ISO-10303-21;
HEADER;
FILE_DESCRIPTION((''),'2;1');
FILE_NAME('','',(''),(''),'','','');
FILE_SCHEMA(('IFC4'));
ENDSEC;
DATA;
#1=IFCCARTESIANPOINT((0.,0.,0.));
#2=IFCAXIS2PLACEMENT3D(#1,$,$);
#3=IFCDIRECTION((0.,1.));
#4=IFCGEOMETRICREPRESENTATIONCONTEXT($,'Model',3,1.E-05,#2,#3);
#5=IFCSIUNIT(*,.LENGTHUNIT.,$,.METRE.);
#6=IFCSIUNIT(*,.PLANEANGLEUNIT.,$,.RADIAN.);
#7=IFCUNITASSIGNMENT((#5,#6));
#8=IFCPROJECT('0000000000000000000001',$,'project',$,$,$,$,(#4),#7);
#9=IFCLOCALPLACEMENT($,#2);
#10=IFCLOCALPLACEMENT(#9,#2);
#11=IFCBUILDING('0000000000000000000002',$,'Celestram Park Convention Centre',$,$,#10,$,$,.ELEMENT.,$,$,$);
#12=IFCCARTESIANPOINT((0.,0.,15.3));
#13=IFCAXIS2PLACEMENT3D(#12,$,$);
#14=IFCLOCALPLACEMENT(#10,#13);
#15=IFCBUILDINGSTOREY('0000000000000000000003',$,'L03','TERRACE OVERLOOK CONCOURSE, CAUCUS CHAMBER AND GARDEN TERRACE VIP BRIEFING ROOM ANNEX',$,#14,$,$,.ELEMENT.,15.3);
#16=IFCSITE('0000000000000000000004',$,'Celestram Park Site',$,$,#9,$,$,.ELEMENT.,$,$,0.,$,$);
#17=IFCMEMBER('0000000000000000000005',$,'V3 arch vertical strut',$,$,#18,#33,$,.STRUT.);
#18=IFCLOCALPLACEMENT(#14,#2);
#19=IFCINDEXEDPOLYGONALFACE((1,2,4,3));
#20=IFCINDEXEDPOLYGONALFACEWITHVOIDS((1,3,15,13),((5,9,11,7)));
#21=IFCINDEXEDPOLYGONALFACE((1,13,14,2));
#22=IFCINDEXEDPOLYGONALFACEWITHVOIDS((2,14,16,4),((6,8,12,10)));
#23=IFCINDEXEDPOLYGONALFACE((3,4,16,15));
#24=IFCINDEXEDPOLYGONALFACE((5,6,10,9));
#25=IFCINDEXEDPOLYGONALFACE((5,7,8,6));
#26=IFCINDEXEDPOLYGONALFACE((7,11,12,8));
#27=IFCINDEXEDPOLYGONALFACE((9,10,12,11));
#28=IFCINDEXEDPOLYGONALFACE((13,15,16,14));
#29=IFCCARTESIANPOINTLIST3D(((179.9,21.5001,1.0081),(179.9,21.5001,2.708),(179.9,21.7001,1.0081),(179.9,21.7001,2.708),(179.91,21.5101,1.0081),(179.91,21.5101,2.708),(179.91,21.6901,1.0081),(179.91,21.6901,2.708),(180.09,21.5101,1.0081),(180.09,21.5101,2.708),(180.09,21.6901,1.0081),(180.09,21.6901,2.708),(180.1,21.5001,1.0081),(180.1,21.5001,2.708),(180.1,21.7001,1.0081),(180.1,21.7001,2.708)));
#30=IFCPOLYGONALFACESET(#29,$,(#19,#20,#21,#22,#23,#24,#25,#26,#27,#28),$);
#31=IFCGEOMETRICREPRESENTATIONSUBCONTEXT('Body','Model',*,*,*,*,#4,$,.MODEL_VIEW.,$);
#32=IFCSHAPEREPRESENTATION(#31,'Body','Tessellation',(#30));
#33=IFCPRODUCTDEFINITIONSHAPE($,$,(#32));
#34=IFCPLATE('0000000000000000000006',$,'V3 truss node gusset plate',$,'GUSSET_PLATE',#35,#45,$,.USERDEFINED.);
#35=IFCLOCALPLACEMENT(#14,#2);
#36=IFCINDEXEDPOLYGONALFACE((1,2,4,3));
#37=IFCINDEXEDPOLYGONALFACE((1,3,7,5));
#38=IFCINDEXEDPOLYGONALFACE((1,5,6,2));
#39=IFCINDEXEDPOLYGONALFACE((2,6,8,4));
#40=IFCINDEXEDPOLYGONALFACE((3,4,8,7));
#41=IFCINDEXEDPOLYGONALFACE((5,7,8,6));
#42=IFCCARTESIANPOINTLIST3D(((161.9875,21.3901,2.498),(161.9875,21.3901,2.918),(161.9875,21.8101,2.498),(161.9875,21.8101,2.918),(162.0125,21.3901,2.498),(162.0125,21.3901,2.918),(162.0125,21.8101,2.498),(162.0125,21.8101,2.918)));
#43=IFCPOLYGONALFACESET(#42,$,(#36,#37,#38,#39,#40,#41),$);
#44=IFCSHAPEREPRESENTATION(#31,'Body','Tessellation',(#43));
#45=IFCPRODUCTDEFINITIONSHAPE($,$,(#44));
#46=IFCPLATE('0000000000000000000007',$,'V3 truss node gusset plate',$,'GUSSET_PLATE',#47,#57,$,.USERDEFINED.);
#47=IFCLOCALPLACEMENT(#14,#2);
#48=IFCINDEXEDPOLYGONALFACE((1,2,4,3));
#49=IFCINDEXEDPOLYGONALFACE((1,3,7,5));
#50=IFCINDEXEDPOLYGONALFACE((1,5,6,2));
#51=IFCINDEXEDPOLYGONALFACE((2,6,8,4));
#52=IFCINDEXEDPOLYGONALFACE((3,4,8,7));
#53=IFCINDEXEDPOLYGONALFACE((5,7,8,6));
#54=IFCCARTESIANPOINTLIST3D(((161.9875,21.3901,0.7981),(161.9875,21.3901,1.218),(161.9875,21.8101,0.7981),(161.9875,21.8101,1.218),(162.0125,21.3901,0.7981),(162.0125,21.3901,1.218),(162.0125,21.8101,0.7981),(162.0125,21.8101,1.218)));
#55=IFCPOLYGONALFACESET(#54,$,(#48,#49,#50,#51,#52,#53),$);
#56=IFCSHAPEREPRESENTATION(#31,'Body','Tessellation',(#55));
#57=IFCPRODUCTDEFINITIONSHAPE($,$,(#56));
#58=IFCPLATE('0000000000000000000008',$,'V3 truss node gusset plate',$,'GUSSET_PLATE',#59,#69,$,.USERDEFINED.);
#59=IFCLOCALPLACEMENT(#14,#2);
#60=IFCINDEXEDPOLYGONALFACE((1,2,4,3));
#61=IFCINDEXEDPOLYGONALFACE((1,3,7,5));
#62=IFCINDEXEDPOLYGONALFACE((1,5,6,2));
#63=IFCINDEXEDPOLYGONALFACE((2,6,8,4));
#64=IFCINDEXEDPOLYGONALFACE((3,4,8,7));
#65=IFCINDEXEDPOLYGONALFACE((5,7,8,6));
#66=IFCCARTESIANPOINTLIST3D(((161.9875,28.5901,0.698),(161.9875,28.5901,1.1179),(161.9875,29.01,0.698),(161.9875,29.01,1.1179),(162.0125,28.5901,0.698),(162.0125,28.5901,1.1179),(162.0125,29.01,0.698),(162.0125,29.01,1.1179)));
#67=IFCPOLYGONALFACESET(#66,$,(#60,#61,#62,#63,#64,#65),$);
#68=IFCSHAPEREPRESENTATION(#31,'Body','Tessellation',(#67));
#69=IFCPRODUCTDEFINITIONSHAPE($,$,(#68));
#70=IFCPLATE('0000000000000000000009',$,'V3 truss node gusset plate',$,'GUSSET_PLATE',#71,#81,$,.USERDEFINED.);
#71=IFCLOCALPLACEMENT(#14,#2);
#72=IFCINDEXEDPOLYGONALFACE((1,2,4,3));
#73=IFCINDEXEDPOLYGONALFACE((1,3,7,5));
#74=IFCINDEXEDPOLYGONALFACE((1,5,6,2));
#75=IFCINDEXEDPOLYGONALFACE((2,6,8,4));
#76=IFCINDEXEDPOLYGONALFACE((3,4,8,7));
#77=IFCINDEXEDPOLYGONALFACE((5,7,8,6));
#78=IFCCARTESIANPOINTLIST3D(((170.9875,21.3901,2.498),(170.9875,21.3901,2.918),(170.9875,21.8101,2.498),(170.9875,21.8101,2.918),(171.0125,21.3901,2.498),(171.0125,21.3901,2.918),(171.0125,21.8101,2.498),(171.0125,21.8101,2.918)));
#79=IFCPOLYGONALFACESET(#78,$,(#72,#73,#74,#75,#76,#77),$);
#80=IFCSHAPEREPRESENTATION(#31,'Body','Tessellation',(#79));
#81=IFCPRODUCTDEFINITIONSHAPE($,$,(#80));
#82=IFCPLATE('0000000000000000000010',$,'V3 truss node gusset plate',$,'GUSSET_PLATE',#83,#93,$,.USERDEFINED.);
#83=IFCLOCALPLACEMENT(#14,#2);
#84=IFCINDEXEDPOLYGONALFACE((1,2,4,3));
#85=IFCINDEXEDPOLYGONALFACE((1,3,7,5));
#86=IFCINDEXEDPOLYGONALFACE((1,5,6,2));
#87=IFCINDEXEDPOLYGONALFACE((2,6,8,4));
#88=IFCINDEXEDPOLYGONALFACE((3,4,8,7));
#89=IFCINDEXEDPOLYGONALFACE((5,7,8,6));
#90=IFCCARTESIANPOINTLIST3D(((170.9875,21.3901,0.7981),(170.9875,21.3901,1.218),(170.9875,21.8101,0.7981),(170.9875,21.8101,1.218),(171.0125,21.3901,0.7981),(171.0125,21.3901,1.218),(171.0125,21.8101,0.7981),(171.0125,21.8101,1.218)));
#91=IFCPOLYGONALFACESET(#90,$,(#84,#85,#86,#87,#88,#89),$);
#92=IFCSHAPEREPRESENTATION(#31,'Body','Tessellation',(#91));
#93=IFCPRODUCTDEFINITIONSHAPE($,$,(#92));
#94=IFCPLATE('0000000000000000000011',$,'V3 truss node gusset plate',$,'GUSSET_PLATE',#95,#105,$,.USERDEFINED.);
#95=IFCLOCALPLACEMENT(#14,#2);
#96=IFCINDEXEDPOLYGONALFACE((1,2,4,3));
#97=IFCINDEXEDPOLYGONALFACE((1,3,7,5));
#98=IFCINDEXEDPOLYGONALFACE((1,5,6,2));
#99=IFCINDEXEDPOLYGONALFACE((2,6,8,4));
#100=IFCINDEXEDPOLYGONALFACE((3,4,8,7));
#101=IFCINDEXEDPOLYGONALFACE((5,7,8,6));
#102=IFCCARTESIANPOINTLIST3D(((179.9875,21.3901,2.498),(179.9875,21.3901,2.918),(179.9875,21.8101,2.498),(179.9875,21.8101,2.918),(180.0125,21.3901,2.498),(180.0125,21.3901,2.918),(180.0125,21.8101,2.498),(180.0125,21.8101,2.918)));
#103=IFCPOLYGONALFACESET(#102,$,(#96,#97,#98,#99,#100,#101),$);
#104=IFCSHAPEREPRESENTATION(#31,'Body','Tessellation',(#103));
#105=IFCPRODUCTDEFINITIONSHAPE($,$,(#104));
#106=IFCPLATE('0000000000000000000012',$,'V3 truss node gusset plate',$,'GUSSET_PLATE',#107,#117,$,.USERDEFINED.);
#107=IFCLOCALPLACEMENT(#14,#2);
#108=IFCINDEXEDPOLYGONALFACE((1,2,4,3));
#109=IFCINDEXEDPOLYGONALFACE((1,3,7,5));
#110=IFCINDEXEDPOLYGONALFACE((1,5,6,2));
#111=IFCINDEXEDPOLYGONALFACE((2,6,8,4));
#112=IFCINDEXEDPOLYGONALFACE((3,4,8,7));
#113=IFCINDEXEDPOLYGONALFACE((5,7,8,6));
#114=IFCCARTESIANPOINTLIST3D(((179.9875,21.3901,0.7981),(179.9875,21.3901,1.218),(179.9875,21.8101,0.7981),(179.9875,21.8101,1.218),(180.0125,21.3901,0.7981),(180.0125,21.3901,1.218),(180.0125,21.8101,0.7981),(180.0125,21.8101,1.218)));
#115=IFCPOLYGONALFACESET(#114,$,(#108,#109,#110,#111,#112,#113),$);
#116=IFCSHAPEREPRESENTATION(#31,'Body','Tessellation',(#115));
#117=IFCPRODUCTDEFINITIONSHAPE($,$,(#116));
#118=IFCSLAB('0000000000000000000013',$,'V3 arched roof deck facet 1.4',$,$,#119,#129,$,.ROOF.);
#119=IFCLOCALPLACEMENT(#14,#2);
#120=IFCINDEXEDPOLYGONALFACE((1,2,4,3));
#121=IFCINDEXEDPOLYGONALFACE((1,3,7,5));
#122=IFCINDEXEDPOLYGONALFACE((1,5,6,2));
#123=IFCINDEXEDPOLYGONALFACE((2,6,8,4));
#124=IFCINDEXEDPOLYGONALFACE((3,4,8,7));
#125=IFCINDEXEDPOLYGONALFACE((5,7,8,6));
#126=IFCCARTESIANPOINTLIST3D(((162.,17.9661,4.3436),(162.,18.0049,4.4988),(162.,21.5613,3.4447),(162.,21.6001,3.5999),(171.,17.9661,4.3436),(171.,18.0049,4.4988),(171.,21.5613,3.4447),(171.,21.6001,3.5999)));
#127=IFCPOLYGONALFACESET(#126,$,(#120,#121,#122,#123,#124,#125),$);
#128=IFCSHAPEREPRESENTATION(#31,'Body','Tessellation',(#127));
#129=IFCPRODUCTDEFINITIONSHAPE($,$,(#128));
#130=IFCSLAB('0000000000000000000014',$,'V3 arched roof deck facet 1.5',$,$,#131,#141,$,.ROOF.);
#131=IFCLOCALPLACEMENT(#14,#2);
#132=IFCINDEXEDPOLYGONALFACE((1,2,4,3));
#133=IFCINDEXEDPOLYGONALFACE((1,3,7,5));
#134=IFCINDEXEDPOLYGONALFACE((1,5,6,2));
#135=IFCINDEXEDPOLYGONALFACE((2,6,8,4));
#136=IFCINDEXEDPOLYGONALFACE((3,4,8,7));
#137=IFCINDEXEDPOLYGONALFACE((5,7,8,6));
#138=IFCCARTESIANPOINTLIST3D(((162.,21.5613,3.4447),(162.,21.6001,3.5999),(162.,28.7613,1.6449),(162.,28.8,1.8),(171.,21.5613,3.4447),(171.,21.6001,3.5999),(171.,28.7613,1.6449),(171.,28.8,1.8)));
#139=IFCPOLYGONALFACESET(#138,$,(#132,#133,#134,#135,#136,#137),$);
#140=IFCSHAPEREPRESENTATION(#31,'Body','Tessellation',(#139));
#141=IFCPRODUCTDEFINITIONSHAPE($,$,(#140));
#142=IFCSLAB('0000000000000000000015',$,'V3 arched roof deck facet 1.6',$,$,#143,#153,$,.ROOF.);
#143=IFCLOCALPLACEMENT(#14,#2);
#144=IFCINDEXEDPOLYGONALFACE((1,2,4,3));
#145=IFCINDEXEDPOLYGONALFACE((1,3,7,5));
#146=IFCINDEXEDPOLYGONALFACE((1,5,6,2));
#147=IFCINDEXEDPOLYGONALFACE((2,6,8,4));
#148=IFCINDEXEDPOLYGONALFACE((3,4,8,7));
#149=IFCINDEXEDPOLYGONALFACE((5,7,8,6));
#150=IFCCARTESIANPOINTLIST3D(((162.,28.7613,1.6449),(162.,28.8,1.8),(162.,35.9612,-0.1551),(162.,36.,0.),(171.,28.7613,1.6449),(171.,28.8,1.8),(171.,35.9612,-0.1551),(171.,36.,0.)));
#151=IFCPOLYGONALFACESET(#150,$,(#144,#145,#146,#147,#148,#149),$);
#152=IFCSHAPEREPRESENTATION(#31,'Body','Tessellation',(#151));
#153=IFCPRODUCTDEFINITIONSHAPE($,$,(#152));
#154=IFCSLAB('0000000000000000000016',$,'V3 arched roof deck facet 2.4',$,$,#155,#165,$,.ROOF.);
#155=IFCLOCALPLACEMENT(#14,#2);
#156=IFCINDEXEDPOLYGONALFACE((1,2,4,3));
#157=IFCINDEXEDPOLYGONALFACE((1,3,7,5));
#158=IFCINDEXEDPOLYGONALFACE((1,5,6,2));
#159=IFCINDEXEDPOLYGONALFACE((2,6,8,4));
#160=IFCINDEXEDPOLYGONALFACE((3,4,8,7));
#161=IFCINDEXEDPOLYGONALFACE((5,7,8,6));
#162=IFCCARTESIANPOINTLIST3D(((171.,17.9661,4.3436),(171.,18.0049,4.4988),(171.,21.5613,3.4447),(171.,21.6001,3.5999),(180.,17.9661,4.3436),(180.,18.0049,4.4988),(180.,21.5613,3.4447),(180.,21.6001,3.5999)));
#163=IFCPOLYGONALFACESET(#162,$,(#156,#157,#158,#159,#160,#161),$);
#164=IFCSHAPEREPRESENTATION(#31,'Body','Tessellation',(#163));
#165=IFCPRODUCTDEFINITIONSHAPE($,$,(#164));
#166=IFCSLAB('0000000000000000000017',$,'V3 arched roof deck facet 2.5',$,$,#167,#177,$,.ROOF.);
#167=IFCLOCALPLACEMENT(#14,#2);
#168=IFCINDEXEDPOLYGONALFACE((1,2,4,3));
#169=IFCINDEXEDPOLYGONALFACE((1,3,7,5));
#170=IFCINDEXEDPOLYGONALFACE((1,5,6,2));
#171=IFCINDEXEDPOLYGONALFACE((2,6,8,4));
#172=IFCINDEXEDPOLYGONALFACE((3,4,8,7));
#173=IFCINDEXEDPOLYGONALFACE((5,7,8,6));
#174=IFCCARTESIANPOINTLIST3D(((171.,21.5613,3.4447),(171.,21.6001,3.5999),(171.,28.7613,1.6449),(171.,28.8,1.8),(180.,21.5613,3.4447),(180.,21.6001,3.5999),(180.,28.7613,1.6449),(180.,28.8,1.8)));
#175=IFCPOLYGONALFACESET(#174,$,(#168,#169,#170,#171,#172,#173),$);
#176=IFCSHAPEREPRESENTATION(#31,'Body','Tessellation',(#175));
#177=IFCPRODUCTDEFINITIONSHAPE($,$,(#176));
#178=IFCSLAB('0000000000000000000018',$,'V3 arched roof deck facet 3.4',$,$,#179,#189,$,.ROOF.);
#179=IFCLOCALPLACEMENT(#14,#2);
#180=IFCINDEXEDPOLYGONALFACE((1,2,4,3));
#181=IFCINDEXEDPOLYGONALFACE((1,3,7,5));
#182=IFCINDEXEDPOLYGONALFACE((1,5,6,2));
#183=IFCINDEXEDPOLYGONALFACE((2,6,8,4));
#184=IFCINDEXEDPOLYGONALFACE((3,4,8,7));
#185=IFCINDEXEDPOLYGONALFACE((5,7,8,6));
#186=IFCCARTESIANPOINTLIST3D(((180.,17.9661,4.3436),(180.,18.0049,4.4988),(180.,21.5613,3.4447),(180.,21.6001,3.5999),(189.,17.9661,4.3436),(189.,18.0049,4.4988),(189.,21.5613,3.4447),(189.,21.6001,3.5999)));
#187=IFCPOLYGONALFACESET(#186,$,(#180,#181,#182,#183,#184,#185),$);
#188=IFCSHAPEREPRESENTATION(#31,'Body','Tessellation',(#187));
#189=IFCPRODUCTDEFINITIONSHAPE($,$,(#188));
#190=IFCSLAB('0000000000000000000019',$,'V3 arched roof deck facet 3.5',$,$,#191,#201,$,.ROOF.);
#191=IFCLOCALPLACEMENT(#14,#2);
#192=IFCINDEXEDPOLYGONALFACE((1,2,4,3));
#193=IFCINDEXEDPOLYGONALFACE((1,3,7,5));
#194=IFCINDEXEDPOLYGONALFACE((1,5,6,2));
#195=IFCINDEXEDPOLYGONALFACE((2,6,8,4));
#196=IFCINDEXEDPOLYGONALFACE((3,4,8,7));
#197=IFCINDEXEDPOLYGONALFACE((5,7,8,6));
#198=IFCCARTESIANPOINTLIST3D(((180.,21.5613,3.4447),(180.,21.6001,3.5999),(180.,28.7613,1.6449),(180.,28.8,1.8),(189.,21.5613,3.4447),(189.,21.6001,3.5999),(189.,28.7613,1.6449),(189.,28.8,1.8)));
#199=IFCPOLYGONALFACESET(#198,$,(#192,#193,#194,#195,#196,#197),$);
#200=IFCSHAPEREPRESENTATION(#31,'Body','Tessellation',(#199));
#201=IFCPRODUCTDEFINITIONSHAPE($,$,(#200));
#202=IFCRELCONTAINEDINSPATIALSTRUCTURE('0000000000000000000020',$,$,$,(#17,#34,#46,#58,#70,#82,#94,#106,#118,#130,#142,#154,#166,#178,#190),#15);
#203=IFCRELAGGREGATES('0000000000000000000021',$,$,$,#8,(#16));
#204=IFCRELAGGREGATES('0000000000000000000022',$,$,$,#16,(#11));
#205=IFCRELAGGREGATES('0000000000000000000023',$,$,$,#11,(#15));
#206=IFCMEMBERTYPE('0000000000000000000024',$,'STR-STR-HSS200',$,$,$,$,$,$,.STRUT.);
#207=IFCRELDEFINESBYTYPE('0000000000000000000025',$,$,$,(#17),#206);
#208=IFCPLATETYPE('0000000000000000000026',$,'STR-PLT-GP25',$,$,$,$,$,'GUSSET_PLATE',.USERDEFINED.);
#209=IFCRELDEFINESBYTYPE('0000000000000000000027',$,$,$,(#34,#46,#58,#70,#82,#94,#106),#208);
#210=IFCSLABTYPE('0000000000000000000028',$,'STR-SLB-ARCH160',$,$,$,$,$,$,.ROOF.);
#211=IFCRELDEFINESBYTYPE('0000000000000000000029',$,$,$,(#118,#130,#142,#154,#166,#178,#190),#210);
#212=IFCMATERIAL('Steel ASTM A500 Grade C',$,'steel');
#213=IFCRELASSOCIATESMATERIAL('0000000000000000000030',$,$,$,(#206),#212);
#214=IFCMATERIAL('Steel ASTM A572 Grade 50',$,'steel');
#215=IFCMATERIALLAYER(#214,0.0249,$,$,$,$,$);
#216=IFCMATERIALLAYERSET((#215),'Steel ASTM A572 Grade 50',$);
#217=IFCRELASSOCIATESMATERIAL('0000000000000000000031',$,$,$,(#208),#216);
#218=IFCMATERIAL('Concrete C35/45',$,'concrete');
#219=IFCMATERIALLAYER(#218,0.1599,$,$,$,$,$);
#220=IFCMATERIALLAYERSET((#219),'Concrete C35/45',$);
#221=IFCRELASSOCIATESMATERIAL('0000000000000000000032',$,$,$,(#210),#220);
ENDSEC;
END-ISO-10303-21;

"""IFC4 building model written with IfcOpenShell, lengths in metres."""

from ifc_helpers import new_model, si_unit, direction, frame, origin, origin_2d, place, context, subcontext, project, spatial, polyline, rectangle, hollow_rectangle, outline, extrude, material, layer, layer_set, material_profile, profile_set, type_object, element, save


model = new_model("IFC4")

# Units and contexts
model_context = context("Model", 3, precision=1e-05, world=origin(), true_north=direction((0.0, 1.0)))
body_context = subcontext(model_context, "Body", "Model", "MODEL_VIEW")
ifc_project = project(units=[si_unit("LENGTHUNIT", "METRE"), si_unit("PLANEANGLEUNIT", "RADIAN")], contexts=[model_context])

# Site, building, storey
site_placement = place(None, origin())
site = spatial("IfcSite", under=ifc_project, at=site_placement, Name="Celestram Park Site", CompositionType="ELEMENT", RefElevation=0.0)
building_placement = place(site_placement, origin())
building = spatial("IfcBuilding", under=site, at=building_placement, Name="Celestram Park Convention Centre", CompositionType="ELEMENT")
storey_placement = place(building_placement, frame((0.0, 0.0, 15.3)))
storey = spatial("IfcBuildingStorey", under=building, at=storey_placement, Name="L03", Description="TERRACE OVERLOOK CONCOURSE, CAUCUS CHAMBER AND GARDEN TERRACE VIP BRIEFING ROOM ANNEX", CompositionType="ELEMENT", Elevation=15.3)

# Shared definitions
ifc_material_1 = material(Name="Steel ASTM A500 Grade C", Category="steel")

# Member
ifc_material_profile_1 = material_profile(ifc_material_1, hollow_rectangle(XDim=0.2, YDim=0.2, WallThickness=0.01, at=origin_2d()), Name="HSS200X200X10")
ifc_profile_set_1 = profile_set([ifc_material_profile_1], Name="Steel ASTM A500 Grade C")
member_type_1 = type_object("IfcMemberType", Name="STR-STR-HSS200", PredefinedType="STRUT", material=ifc_profile_set_1)
for number, where, z_axis, x_axis, name in (
    (1, (180.0, 21.6001, 1.0081), (0.0, 0.0, 1.0), (1.0, 0.0, 0.0), "V3 arch vertical strut"),
):
    element("IfcMember", number, at=place(storey_placement, frame(where, z_axis=z_axis, x_axis=x_axis)), inside=storey, type_object=member_type_1, Name=name, PredefinedType="STRUT", context=body_context, shape_type="SweptSolid", body=[
        extrude(hollow_rectangle(XDim=0.2, YDim=0.2, WallThickness=0.01, at=origin_2d()), origin(), (0.0, 0.0, 1.0), 1.7),
    ])

# Plates
ifc_material_2 = material(Name="Steel ASTM A572 Grade 50", Category="steel")
ifc_layer_1 = layer(ifc_material_2, 0.0249)
ifc_layer_set_1 = layer_set([ifc_layer_1], Name="Steel ASTM A572 Grade 50")
plate_type = type_object("IfcPlateType", Name="STR-PLT-GP25", ElementType="GUSSET_PLATE", PredefinedType="USERDEFINED", material=ifc_layer_set_1)
for number, where, z_axis, x_axis, name in (
    (2, (162.0, 21.6001, 2.498), (0.0, 0.0, 1.0), (0.0, 1.0, 0.0), "V3 truss node gusset plate"),
    (3, (162.0, 21.6001, 0.7981), (0.0, 0.0, 1.0), (0.0, 1.0, 0.0), "V3 truss node gusset plate"),
    (4, (162.0, 28.8, 0.698), (0.0, 0.0, 1.0), (0.0, 1.0, 0.0), "V3 truss node gusset plate"),
    (5, (171.0, 21.6001, 2.498), (0.0, 0.0, 1.0), (0.0, 1.0, 0.0), "V3 truss node gusset plate"),
    (6, (171.0, 21.6001, 0.7981), (0.0, 0.0, 1.0), (0.0, 1.0, 0.0), "V3 truss node gusset plate"),
    (7, (180.0, 21.6001, 2.498), (0.0, 0.0, 1.0), (0.0, 1.0, 0.0), "V3 truss node gusset plate"),
    (8, (180.0, 21.6001, 0.7981), (0.0, 0.0, 1.0), (0.0, 1.0, 0.0), "V3 truss node gusset plate"),
):
    element("IfcPlate", number, at=place(storey_placement, frame(where, z_axis=z_axis, x_axis=x_axis)), inside=storey, type_object=plate_type, Name=name, ObjectType="GUSSET_PLATE", PredefinedType="USERDEFINED", context=body_context, shape_type="SweptSolid", body=[
        extrude(rectangle(XDim=0.4199, YDim=0.0249, at=origin_2d()), origin(), (0.0, 0.0, 1.0), 0.4199),
    ])

# Slabs
ifc_material_3 = material(Name="Concrete C35/45", Category="concrete")
ifc_layer_2 = layer(ifc_material_3, 0.1599)
ifc_layer_set_2 = layer_set([ifc_layer_2], Name="Concrete C35/45")
slab_type = type_object("IfcSlabType", Name="STR-SLB-ARCH160", PredefinedType="ROOF", material=ifc_layer_set_2)
slab_1_placement = place(storey_placement, frame((162.0, 18.0049, 4.4988), z_axis=(0.0, 0.242567, 0.970135), x_axis=(1.0, 0.0, 0.0)))
element("IfcSlab", 9, at=slab_1_placement, inside=storey, type_object=slab_type, Name="V3 arched roof deck facet 1.4", PredefinedType="ROOF", context=body_context, shape_type="SweptSolid", body=[
    extrude(outline(polyline([(0.0, 0.0), (9.0, 0.0), (9.0, 3.7059), (0.0, 3.7059), (0.0, 0.0)])), origin(), (0.0, 0.0, -1.0), 0.1599),
])
slab_2_placement = place(storey_placement, frame((162.0, 21.6001, 3.5999), z_axis=(0.0, 0.242512, 0.970148), x_axis=(1.0, 0.0, 0.0)))
element("IfcSlab", 10, at=slab_2_placement, inside=storey, type_object=slab_type, Name="V3 arched roof deck facet 1.5", PredefinedType="ROOF", context=body_context, shape_type="SweptSolid", body=[
    extrude(outline(polyline([(0.0, 0.0), (9.0, 0.0), (9.0, 7.4215), (0.0, 7.4215), (0.0, 0.0)])), origin(), (0.0, 0.0, -1.0), 0.1599),
])
slab_3_placement = place(storey_placement, frame((162.0, 28.8, 1.8), z_axis=(0.0, 0.242543, 0.970141), x_axis=(1.0, 0.0, 0.0)))
element("IfcSlab", 11, at=slab_3_placement, inside=storey, type_object=slab_type, Name="V3 arched roof deck facet 1.6", PredefinedType="ROOF", context=body_context, shape_type="SweptSolid", body=[
    extrude(outline(polyline([(0.0, 0.0), (9.0, 0.0), (9.0, 7.4216), (0.0, 7.4216), (0.0, 0.0)])), origin(), (0.0, 0.0, -1.0), 0.1599),
])
slab_4_placement = place(storey_placement, frame((171.0, 18.0049, 4.4988), z_axis=(0.0, 0.242567, 0.970135), x_axis=(1.0, 0.0, 0.0)))
element("IfcSlab", 12, at=slab_4_placement, inside=storey, type_object=slab_type, Name="V3 arched roof deck facet 2.4", PredefinedType="ROOF", context=body_context, shape_type="SweptSolid", body=[
    extrude(outline(polyline([(0.0, 0.0), (9.0, 0.0), (9.0, 3.7059), (0.0, 3.7059), (0.0, 0.0)])), origin(), (0.0, 0.0, -1.0), 0.1599),
])
slab_5_placement = place(storey_placement, frame((171.0, 21.6001, 3.5999), z_axis=(0.0, 0.242512, 0.970148), x_axis=(1.0, 0.0, 0.0)))
element("IfcSlab", 13, at=slab_5_placement, inside=storey, type_object=slab_type, Name="V3 arched roof deck facet 2.5", PredefinedType="ROOF", context=body_context, shape_type="SweptSolid", body=[
    extrude(outline(polyline([(0.0, 0.0), (9.0, 0.0), (9.0, 7.4215), (0.0, 7.4215), (0.0, 0.0)])), origin(), (0.0, 0.0, -1.0), 0.1599),
])
slab_6_placement = place(storey_placement, frame((180.0, 18.0049, 4.4988), z_axis=(0.0, 0.242567, 0.970135), x_axis=(1.0, 0.0, 0.0)))
element("IfcSlab", 14, at=slab_6_placement, inside=storey, type_object=slab_type, Name="V3 arched roof deck facet 3.4", PredefinedType="ROOF", context=body_context, shape_type="SweptSolid", body=[
    extrude(outline(polyline([(0.0, 0.0), (9.0, 0.0), (9.0, 3.7059), (0.0, 3.7059), (0.0, 0.0)])), origin(), (0.0, 0.0, -1.0), 0.1599),
])
slab_7_placement = place(storey_placement, frame((180.0, 21.6001, 3.5999), z_axis=(0.0, 0.242512, 0.970148), x_axis=(1.0, 0.0, 0.0)))
element("IfcSlab", 15, at=slab_7_placement, inside=storey, type_object=slab_type, Name="V3 arched roof deck facet 3.5", PredefinedType="ROOF", context=body_context, shape_type="SweptSolid", body=[
    extrude(outline(polyline([(0.0, 0.0), (9.0, 0.0), (9.0, 7.4215), (0.0, 7.4215), (0.0, 0.0)])), origin(), (0.0, 0.0, -1.0), 0.1599),
])

save(model, "model.ifc")
